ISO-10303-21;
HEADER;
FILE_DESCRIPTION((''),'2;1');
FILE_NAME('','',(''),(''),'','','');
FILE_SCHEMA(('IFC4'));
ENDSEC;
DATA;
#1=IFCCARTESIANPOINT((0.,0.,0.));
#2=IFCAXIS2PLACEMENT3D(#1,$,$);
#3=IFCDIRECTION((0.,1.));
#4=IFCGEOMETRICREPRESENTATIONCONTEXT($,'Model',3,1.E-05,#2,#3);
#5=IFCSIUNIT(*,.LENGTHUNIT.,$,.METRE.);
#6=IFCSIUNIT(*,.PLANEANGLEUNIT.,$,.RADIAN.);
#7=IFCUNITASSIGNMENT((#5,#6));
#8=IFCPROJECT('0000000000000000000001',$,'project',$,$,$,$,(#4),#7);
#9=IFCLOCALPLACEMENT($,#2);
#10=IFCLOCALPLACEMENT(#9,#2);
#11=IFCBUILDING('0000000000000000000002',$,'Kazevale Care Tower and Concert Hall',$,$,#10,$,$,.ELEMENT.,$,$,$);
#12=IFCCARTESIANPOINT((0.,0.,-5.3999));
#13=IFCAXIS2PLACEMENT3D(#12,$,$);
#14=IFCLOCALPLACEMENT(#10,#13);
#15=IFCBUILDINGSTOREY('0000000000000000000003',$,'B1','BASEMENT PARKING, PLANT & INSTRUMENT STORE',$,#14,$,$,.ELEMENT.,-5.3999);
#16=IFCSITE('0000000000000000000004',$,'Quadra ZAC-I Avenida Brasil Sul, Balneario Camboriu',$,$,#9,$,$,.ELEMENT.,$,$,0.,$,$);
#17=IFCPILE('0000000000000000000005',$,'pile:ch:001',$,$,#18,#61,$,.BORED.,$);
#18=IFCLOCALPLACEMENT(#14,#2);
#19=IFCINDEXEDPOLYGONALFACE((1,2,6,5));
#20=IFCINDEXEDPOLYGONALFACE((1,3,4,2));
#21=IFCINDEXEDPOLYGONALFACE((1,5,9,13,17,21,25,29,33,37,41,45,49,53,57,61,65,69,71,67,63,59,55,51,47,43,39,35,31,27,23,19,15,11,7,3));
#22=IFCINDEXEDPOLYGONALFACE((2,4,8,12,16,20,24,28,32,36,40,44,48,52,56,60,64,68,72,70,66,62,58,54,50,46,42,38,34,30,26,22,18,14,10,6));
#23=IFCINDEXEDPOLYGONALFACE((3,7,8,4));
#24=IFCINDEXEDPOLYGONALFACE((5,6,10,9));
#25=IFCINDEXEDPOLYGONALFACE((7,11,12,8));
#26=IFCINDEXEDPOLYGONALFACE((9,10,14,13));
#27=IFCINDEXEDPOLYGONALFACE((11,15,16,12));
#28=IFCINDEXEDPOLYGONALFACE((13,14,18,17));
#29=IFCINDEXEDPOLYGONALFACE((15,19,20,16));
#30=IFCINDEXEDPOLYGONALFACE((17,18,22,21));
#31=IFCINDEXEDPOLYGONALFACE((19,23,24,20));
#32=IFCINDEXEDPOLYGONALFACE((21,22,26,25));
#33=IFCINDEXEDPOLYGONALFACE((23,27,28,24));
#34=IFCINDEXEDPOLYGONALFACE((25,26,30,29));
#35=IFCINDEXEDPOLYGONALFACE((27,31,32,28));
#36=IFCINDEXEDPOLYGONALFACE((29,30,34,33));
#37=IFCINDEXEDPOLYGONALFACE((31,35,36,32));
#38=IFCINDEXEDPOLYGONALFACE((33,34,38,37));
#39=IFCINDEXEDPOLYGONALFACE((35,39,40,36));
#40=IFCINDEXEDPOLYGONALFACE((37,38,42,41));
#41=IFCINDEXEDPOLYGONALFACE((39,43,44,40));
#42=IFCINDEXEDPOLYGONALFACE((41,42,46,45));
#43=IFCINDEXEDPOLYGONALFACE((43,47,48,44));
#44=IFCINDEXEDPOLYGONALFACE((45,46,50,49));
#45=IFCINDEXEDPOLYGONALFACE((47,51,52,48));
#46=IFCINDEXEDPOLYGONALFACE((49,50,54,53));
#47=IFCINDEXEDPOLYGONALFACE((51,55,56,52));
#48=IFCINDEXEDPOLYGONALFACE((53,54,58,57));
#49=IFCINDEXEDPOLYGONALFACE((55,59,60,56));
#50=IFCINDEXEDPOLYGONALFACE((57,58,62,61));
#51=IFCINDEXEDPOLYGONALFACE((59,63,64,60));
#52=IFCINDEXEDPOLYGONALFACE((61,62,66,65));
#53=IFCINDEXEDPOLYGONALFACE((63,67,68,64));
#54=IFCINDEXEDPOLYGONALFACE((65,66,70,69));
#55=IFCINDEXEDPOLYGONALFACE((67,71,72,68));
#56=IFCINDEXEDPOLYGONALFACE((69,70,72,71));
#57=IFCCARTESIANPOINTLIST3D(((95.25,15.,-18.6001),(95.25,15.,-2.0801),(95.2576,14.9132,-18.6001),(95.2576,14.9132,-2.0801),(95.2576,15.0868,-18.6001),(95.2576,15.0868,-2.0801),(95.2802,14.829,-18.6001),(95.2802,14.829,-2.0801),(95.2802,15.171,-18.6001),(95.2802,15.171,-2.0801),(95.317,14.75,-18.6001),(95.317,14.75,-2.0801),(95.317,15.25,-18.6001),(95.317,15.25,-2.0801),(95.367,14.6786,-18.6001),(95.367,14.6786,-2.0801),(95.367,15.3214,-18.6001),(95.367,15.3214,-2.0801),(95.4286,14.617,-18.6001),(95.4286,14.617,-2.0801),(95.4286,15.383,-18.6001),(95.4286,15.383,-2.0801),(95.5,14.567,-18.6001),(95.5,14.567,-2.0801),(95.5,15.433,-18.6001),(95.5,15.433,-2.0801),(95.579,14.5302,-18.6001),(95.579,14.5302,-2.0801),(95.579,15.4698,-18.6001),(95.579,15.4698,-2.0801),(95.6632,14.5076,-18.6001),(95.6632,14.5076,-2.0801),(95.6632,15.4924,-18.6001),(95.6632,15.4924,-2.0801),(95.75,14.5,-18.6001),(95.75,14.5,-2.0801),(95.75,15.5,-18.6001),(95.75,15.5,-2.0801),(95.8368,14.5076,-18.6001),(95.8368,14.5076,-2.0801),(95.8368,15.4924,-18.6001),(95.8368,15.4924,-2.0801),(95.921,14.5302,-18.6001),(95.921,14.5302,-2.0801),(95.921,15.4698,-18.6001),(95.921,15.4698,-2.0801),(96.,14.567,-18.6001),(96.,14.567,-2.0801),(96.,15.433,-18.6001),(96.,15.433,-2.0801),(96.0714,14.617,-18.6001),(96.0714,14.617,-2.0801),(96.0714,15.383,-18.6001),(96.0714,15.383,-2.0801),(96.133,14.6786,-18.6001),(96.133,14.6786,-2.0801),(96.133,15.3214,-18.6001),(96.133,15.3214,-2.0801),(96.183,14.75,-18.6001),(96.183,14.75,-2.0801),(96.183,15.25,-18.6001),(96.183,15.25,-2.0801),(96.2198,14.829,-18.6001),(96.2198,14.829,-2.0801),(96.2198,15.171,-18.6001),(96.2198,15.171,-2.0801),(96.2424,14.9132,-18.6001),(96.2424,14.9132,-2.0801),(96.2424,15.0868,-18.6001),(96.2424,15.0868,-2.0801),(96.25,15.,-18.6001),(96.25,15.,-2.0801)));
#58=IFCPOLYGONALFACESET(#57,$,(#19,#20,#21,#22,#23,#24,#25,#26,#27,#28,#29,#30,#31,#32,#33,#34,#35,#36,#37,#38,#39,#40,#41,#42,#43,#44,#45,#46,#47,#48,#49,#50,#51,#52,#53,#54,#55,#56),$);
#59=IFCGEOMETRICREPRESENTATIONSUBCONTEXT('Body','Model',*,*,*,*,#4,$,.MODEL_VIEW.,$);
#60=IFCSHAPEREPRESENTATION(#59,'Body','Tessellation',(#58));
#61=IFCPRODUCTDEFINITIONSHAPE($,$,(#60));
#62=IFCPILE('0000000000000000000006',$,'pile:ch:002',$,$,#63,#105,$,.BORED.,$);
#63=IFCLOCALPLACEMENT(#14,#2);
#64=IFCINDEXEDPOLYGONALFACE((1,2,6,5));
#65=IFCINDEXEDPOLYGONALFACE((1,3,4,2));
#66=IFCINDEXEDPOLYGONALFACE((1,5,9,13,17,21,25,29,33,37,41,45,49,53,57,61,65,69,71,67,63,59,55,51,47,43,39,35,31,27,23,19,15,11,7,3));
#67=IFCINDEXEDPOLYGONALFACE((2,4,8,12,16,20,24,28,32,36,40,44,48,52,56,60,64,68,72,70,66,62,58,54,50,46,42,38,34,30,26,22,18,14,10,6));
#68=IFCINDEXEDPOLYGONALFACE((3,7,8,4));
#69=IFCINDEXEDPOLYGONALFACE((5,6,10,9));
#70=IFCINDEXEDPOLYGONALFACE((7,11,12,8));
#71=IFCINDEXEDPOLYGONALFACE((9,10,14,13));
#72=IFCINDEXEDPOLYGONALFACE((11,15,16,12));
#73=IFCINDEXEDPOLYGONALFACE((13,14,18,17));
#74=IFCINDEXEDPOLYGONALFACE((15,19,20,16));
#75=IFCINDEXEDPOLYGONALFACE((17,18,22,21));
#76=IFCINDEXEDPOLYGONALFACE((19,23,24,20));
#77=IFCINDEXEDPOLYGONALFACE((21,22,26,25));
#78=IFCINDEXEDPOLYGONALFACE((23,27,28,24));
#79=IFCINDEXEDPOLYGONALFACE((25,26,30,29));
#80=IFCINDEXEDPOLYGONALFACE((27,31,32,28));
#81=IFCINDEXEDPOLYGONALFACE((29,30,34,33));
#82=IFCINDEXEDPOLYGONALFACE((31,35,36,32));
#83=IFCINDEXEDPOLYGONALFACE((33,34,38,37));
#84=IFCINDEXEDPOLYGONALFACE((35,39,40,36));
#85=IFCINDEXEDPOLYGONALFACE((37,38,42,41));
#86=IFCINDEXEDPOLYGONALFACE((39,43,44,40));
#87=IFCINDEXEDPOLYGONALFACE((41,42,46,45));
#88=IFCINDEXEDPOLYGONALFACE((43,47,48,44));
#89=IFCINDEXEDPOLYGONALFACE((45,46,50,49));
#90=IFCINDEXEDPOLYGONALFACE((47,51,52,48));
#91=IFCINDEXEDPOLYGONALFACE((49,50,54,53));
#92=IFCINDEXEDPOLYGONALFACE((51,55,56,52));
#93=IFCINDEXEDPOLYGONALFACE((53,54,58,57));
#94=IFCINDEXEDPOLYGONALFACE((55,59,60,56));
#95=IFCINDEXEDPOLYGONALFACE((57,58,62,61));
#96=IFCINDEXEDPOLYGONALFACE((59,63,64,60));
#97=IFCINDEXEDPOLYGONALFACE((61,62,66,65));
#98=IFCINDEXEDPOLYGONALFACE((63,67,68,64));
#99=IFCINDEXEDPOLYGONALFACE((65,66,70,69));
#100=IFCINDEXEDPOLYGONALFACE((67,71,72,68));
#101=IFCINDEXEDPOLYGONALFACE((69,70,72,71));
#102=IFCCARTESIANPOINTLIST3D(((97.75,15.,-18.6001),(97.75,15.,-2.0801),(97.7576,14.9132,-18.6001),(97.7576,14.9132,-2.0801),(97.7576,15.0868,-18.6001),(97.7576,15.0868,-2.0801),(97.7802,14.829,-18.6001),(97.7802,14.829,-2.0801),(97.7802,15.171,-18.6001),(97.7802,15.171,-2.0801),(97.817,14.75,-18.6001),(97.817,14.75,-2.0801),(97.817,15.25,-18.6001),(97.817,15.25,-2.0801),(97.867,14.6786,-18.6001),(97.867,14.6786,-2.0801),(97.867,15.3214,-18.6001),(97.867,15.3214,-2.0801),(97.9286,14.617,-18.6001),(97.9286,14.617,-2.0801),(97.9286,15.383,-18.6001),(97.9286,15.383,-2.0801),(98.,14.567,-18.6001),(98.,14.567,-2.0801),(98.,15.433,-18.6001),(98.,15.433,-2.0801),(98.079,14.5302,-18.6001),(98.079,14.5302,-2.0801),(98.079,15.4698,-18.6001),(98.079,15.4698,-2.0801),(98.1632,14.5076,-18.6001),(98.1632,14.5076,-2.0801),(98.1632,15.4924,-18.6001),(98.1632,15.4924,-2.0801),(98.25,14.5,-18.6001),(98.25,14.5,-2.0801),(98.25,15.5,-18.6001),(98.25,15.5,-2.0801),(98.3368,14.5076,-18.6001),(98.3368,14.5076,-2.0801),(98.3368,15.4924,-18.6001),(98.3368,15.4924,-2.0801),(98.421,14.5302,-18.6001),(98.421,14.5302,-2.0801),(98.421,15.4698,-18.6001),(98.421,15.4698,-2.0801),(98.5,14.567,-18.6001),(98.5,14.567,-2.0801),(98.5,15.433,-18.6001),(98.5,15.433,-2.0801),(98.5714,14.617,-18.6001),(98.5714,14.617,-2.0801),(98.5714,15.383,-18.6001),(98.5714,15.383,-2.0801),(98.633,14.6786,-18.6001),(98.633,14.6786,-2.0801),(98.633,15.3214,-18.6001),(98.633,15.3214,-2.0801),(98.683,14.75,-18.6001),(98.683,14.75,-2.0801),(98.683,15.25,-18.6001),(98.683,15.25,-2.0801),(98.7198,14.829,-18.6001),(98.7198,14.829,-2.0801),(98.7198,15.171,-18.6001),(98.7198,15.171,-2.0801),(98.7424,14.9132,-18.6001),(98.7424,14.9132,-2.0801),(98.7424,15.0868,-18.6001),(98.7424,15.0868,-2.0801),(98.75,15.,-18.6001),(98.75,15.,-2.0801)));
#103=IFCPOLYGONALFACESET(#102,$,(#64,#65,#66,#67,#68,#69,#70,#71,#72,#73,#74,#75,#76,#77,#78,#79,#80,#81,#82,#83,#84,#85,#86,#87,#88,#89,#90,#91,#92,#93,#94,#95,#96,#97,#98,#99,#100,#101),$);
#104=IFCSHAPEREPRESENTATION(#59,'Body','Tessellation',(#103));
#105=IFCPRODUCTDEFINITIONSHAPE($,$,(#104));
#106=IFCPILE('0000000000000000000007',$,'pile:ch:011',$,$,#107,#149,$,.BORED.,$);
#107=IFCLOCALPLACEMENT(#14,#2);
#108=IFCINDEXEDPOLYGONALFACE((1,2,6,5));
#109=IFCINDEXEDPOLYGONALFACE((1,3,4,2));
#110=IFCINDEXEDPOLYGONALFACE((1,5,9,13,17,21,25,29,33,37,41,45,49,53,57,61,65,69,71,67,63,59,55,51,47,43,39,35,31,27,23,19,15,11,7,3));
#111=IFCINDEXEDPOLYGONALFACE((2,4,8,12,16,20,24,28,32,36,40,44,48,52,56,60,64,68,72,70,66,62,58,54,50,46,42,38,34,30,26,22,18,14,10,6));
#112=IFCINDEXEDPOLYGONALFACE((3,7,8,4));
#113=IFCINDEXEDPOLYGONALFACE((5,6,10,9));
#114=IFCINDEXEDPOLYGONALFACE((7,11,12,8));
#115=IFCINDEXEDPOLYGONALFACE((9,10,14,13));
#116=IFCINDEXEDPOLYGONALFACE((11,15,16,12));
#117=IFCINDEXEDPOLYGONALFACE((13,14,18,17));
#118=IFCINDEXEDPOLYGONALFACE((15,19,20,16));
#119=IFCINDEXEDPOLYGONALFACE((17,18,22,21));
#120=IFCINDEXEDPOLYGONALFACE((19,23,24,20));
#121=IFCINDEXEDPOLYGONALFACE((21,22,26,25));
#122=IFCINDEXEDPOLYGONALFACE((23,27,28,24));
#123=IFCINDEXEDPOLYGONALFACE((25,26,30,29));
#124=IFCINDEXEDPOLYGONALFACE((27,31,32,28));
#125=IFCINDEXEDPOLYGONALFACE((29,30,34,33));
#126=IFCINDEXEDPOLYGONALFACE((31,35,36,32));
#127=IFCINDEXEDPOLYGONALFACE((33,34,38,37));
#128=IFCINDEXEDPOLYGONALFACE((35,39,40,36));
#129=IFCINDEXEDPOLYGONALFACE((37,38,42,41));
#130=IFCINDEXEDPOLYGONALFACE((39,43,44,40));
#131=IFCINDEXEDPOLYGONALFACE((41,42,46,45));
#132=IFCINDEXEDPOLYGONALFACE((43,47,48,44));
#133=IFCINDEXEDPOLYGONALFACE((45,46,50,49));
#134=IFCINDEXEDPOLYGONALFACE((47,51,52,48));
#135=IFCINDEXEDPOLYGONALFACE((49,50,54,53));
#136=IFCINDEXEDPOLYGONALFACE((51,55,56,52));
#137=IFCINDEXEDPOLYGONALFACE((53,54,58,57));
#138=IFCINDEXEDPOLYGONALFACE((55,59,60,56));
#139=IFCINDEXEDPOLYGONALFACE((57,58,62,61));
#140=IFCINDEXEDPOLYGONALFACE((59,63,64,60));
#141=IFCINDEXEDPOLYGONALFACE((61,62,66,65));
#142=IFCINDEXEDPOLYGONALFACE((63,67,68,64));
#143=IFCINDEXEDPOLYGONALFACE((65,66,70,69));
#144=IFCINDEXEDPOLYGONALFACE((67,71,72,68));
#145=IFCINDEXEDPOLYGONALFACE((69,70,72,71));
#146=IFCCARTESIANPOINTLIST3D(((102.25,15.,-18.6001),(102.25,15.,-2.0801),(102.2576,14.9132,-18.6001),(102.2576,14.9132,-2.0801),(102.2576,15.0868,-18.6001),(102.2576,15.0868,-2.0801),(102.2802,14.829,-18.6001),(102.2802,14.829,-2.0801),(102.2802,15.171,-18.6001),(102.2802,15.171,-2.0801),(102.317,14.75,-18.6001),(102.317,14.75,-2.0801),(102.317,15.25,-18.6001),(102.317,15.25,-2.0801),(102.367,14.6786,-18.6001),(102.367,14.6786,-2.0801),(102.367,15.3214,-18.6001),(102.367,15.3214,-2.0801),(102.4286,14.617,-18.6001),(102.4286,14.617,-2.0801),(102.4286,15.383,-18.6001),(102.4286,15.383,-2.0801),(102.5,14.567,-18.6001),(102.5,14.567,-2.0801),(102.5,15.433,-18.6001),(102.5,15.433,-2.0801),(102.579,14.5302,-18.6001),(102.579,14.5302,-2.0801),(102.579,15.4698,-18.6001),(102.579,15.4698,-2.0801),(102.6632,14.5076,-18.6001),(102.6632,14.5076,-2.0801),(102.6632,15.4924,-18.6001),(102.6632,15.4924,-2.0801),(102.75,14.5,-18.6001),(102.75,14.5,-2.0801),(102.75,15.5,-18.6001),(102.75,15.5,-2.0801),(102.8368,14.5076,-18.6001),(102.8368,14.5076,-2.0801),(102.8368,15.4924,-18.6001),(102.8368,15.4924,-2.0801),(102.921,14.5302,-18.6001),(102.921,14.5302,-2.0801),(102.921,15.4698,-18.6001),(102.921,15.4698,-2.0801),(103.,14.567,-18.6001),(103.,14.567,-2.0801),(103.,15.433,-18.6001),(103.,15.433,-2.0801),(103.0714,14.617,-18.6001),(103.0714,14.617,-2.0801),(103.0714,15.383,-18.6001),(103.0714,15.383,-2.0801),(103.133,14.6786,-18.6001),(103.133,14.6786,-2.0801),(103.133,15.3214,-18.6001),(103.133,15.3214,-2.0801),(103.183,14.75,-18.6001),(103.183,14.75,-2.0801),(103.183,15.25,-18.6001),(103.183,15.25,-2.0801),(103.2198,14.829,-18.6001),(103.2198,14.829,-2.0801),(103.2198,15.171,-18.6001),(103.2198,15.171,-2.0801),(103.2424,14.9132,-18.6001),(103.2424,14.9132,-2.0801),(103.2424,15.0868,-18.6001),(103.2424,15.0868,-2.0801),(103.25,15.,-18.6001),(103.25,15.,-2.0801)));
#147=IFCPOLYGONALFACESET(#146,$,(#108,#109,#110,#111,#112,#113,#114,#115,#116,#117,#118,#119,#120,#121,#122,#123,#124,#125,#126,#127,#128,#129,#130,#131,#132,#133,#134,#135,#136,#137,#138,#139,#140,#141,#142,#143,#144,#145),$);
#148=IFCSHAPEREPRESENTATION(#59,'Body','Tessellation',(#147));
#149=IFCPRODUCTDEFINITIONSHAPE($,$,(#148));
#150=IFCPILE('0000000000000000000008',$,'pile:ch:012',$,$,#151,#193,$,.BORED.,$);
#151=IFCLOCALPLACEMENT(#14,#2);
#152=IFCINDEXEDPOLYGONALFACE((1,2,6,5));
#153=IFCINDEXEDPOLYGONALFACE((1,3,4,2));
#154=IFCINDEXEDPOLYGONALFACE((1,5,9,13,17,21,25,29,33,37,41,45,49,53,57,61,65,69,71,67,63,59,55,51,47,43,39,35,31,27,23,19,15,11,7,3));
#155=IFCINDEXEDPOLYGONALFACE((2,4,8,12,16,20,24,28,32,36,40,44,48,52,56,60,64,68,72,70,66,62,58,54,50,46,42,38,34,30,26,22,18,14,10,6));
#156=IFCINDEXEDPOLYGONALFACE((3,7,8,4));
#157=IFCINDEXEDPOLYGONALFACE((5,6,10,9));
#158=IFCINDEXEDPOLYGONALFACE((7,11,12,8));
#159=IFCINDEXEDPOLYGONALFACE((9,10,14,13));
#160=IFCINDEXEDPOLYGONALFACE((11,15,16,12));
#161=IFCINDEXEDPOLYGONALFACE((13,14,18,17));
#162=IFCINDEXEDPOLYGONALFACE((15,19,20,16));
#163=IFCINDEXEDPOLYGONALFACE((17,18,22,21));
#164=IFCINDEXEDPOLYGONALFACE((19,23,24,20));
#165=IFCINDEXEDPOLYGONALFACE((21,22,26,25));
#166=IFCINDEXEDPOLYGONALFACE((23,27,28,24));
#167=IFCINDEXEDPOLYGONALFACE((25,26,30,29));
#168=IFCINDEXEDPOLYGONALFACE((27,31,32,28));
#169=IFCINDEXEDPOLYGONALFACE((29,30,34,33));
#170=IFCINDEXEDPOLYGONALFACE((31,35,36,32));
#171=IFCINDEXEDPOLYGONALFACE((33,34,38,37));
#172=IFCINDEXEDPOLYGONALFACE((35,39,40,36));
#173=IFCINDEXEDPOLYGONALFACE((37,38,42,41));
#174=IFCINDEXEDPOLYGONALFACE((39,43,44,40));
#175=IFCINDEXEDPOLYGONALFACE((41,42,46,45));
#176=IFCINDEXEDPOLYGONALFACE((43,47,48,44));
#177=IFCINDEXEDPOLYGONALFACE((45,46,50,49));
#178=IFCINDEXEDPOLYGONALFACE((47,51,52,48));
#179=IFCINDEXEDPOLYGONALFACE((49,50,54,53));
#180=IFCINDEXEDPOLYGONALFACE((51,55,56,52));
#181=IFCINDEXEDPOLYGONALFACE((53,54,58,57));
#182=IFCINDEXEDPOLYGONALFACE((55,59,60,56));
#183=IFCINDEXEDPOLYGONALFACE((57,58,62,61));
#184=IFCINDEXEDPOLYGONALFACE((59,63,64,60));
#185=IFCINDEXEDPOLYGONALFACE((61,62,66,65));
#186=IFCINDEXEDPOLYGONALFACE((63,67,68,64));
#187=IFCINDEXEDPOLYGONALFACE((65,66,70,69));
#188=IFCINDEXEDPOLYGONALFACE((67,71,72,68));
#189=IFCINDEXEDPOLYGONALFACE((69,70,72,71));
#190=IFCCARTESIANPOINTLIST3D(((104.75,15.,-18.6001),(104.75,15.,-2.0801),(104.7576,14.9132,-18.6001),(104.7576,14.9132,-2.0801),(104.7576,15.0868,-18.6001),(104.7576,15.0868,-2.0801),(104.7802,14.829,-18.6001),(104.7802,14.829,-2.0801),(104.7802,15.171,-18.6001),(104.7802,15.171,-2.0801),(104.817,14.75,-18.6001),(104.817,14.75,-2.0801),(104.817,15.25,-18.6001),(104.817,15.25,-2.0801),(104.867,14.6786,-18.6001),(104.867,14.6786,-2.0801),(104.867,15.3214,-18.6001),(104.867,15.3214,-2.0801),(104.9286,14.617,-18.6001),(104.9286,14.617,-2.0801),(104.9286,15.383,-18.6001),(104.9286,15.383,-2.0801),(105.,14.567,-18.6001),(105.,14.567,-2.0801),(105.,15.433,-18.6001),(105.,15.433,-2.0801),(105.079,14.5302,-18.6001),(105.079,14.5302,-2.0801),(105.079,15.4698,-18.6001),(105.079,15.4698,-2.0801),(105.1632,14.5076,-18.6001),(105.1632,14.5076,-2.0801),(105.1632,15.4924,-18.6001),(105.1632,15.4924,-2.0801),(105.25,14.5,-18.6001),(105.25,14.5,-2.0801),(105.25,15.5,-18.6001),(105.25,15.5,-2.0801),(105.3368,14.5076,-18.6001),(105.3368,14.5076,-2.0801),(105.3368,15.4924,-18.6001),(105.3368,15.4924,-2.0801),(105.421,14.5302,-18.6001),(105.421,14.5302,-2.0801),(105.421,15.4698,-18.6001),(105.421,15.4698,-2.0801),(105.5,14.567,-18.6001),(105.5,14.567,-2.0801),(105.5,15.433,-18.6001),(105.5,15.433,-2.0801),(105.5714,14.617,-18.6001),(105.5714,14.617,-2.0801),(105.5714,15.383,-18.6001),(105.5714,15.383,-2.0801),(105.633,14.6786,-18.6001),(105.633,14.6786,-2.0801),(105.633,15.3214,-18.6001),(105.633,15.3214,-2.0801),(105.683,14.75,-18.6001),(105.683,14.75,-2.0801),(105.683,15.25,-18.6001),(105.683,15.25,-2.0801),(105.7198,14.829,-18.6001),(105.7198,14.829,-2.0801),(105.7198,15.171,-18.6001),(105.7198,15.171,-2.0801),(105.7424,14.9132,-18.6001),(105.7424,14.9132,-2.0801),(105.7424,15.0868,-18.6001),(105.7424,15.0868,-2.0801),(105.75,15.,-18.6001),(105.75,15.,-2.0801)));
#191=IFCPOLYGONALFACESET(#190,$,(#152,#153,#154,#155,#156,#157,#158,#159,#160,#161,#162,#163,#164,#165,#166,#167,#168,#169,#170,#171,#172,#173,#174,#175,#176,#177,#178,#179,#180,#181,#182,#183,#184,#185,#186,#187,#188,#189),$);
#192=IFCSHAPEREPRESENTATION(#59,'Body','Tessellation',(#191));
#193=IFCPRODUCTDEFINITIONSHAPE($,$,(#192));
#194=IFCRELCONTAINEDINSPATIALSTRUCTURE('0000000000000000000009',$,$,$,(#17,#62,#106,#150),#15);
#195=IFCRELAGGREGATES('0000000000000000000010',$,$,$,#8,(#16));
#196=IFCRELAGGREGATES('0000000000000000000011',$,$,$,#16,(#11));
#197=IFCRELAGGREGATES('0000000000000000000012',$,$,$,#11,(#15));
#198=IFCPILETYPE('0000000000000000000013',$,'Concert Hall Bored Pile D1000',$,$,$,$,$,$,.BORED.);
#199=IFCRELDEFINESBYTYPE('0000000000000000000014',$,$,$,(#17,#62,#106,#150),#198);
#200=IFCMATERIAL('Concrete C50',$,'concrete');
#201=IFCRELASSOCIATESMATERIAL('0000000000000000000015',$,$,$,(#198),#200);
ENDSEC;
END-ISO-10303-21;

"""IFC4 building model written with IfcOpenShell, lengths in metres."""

from ifc_helpers import new_model, si_unit, direction, frame, origin, origin_2d, place, context, subcontext, project, spatial, circle, extrude, material, material_profile, profile_set, type_object, element, save


model = new_model("IFC4")

# Units and contexts
model_context = context("Model", 3, precision=1e-05, world=origin(), true_north=direction((0.0, 1.0)))
body_context = subcontext(model_context, "Body", "Model", "MODEL_VIEW")
ifc_project = project(units=[si_unit("LENGTHUNIT", "METRE"), si_unit("PLANEANGLEUNIT", "RADIAN")], contexts=[model_context])

# Site, building, storey
site_placement = place(None, origin())
site = spatial("IfcSite", under=ifc_project, at=site_placement, Name="Quadra ZAC-I Avenida Brasil Sul, Balneario Camboriu", CompositionType="ELEMENT", RefElevation=0.0)
building_placement = place(site_placement, origin())
building = spatial("IfcBuilding", under=site, at=building_placement, Name="Kazevale Care Tower and Concert Hall", CompositionType="ELEMENT")
storey_placement = place(building_placement, frame((0.0, 0.0, -5.3999)))
storey = spatial("IfcBuildingStorey", under=building, at=storey_placement, Name="B1", Description="BASEMENT PARKING, PLANT & INSTRUMENT STORE", CompositionType="ELEMENT", Elevation=-5.3999)

# Piles
ifc_material_1 = material(Name="Concrete C50", Category="concrete")
ifc_material_profile_1 = material_profile(ifc_material_1, circle(Radius=0.5, at=origin_2d()), Name="PILE-D1000")
ifc_profile_set_1 = profile_set([ifc_material_profile_1], Name="Concrete C50")
pile_type = type_object("IfcPileType", Name="Concert Hall Bored Pile D1000", PredefinedType="BORED", material=ifc_profile_set_1)
for number, where, z_axis, x_axis, name in (
    (1, (95.75, 15.0, -2.0801), (0.0, 0.0, -1.0), (1.0, 0.0, 0.0), "pile:ch:001"),
    (2, (98.25, 15.0, -2.0801), (0.0, 0.0, -1.0), (1.0, 0.0, 0.0), "pile:ch:002"),
    (3, (102.75, 15.0, -2.0801), (0.0, 0.0, -1.0), (1.0, 0.0, 0.0), "pile:ch:011"),
    (4, (105.25, 15.0, -2.0801), (0.0, 0.0, -1.0), (1.0, 0.0, 0.0), "pile:ch:012"),
):
    element("IfcPile", number, at=place(storey_placement, frame(where, z_axis=z_axis, x_axis=x_axis)), inside=storey, type_object=pile_type, Name=name, PredefinedType="BORED", context=body_context, shape_type="SweptSolid", body=[
        extrude(circle(Radius=0.5, at=origin_2d()), origin(), (0.0, 0.0, 1.0), 16.52),
    ])

save(model, "model.ifc")
